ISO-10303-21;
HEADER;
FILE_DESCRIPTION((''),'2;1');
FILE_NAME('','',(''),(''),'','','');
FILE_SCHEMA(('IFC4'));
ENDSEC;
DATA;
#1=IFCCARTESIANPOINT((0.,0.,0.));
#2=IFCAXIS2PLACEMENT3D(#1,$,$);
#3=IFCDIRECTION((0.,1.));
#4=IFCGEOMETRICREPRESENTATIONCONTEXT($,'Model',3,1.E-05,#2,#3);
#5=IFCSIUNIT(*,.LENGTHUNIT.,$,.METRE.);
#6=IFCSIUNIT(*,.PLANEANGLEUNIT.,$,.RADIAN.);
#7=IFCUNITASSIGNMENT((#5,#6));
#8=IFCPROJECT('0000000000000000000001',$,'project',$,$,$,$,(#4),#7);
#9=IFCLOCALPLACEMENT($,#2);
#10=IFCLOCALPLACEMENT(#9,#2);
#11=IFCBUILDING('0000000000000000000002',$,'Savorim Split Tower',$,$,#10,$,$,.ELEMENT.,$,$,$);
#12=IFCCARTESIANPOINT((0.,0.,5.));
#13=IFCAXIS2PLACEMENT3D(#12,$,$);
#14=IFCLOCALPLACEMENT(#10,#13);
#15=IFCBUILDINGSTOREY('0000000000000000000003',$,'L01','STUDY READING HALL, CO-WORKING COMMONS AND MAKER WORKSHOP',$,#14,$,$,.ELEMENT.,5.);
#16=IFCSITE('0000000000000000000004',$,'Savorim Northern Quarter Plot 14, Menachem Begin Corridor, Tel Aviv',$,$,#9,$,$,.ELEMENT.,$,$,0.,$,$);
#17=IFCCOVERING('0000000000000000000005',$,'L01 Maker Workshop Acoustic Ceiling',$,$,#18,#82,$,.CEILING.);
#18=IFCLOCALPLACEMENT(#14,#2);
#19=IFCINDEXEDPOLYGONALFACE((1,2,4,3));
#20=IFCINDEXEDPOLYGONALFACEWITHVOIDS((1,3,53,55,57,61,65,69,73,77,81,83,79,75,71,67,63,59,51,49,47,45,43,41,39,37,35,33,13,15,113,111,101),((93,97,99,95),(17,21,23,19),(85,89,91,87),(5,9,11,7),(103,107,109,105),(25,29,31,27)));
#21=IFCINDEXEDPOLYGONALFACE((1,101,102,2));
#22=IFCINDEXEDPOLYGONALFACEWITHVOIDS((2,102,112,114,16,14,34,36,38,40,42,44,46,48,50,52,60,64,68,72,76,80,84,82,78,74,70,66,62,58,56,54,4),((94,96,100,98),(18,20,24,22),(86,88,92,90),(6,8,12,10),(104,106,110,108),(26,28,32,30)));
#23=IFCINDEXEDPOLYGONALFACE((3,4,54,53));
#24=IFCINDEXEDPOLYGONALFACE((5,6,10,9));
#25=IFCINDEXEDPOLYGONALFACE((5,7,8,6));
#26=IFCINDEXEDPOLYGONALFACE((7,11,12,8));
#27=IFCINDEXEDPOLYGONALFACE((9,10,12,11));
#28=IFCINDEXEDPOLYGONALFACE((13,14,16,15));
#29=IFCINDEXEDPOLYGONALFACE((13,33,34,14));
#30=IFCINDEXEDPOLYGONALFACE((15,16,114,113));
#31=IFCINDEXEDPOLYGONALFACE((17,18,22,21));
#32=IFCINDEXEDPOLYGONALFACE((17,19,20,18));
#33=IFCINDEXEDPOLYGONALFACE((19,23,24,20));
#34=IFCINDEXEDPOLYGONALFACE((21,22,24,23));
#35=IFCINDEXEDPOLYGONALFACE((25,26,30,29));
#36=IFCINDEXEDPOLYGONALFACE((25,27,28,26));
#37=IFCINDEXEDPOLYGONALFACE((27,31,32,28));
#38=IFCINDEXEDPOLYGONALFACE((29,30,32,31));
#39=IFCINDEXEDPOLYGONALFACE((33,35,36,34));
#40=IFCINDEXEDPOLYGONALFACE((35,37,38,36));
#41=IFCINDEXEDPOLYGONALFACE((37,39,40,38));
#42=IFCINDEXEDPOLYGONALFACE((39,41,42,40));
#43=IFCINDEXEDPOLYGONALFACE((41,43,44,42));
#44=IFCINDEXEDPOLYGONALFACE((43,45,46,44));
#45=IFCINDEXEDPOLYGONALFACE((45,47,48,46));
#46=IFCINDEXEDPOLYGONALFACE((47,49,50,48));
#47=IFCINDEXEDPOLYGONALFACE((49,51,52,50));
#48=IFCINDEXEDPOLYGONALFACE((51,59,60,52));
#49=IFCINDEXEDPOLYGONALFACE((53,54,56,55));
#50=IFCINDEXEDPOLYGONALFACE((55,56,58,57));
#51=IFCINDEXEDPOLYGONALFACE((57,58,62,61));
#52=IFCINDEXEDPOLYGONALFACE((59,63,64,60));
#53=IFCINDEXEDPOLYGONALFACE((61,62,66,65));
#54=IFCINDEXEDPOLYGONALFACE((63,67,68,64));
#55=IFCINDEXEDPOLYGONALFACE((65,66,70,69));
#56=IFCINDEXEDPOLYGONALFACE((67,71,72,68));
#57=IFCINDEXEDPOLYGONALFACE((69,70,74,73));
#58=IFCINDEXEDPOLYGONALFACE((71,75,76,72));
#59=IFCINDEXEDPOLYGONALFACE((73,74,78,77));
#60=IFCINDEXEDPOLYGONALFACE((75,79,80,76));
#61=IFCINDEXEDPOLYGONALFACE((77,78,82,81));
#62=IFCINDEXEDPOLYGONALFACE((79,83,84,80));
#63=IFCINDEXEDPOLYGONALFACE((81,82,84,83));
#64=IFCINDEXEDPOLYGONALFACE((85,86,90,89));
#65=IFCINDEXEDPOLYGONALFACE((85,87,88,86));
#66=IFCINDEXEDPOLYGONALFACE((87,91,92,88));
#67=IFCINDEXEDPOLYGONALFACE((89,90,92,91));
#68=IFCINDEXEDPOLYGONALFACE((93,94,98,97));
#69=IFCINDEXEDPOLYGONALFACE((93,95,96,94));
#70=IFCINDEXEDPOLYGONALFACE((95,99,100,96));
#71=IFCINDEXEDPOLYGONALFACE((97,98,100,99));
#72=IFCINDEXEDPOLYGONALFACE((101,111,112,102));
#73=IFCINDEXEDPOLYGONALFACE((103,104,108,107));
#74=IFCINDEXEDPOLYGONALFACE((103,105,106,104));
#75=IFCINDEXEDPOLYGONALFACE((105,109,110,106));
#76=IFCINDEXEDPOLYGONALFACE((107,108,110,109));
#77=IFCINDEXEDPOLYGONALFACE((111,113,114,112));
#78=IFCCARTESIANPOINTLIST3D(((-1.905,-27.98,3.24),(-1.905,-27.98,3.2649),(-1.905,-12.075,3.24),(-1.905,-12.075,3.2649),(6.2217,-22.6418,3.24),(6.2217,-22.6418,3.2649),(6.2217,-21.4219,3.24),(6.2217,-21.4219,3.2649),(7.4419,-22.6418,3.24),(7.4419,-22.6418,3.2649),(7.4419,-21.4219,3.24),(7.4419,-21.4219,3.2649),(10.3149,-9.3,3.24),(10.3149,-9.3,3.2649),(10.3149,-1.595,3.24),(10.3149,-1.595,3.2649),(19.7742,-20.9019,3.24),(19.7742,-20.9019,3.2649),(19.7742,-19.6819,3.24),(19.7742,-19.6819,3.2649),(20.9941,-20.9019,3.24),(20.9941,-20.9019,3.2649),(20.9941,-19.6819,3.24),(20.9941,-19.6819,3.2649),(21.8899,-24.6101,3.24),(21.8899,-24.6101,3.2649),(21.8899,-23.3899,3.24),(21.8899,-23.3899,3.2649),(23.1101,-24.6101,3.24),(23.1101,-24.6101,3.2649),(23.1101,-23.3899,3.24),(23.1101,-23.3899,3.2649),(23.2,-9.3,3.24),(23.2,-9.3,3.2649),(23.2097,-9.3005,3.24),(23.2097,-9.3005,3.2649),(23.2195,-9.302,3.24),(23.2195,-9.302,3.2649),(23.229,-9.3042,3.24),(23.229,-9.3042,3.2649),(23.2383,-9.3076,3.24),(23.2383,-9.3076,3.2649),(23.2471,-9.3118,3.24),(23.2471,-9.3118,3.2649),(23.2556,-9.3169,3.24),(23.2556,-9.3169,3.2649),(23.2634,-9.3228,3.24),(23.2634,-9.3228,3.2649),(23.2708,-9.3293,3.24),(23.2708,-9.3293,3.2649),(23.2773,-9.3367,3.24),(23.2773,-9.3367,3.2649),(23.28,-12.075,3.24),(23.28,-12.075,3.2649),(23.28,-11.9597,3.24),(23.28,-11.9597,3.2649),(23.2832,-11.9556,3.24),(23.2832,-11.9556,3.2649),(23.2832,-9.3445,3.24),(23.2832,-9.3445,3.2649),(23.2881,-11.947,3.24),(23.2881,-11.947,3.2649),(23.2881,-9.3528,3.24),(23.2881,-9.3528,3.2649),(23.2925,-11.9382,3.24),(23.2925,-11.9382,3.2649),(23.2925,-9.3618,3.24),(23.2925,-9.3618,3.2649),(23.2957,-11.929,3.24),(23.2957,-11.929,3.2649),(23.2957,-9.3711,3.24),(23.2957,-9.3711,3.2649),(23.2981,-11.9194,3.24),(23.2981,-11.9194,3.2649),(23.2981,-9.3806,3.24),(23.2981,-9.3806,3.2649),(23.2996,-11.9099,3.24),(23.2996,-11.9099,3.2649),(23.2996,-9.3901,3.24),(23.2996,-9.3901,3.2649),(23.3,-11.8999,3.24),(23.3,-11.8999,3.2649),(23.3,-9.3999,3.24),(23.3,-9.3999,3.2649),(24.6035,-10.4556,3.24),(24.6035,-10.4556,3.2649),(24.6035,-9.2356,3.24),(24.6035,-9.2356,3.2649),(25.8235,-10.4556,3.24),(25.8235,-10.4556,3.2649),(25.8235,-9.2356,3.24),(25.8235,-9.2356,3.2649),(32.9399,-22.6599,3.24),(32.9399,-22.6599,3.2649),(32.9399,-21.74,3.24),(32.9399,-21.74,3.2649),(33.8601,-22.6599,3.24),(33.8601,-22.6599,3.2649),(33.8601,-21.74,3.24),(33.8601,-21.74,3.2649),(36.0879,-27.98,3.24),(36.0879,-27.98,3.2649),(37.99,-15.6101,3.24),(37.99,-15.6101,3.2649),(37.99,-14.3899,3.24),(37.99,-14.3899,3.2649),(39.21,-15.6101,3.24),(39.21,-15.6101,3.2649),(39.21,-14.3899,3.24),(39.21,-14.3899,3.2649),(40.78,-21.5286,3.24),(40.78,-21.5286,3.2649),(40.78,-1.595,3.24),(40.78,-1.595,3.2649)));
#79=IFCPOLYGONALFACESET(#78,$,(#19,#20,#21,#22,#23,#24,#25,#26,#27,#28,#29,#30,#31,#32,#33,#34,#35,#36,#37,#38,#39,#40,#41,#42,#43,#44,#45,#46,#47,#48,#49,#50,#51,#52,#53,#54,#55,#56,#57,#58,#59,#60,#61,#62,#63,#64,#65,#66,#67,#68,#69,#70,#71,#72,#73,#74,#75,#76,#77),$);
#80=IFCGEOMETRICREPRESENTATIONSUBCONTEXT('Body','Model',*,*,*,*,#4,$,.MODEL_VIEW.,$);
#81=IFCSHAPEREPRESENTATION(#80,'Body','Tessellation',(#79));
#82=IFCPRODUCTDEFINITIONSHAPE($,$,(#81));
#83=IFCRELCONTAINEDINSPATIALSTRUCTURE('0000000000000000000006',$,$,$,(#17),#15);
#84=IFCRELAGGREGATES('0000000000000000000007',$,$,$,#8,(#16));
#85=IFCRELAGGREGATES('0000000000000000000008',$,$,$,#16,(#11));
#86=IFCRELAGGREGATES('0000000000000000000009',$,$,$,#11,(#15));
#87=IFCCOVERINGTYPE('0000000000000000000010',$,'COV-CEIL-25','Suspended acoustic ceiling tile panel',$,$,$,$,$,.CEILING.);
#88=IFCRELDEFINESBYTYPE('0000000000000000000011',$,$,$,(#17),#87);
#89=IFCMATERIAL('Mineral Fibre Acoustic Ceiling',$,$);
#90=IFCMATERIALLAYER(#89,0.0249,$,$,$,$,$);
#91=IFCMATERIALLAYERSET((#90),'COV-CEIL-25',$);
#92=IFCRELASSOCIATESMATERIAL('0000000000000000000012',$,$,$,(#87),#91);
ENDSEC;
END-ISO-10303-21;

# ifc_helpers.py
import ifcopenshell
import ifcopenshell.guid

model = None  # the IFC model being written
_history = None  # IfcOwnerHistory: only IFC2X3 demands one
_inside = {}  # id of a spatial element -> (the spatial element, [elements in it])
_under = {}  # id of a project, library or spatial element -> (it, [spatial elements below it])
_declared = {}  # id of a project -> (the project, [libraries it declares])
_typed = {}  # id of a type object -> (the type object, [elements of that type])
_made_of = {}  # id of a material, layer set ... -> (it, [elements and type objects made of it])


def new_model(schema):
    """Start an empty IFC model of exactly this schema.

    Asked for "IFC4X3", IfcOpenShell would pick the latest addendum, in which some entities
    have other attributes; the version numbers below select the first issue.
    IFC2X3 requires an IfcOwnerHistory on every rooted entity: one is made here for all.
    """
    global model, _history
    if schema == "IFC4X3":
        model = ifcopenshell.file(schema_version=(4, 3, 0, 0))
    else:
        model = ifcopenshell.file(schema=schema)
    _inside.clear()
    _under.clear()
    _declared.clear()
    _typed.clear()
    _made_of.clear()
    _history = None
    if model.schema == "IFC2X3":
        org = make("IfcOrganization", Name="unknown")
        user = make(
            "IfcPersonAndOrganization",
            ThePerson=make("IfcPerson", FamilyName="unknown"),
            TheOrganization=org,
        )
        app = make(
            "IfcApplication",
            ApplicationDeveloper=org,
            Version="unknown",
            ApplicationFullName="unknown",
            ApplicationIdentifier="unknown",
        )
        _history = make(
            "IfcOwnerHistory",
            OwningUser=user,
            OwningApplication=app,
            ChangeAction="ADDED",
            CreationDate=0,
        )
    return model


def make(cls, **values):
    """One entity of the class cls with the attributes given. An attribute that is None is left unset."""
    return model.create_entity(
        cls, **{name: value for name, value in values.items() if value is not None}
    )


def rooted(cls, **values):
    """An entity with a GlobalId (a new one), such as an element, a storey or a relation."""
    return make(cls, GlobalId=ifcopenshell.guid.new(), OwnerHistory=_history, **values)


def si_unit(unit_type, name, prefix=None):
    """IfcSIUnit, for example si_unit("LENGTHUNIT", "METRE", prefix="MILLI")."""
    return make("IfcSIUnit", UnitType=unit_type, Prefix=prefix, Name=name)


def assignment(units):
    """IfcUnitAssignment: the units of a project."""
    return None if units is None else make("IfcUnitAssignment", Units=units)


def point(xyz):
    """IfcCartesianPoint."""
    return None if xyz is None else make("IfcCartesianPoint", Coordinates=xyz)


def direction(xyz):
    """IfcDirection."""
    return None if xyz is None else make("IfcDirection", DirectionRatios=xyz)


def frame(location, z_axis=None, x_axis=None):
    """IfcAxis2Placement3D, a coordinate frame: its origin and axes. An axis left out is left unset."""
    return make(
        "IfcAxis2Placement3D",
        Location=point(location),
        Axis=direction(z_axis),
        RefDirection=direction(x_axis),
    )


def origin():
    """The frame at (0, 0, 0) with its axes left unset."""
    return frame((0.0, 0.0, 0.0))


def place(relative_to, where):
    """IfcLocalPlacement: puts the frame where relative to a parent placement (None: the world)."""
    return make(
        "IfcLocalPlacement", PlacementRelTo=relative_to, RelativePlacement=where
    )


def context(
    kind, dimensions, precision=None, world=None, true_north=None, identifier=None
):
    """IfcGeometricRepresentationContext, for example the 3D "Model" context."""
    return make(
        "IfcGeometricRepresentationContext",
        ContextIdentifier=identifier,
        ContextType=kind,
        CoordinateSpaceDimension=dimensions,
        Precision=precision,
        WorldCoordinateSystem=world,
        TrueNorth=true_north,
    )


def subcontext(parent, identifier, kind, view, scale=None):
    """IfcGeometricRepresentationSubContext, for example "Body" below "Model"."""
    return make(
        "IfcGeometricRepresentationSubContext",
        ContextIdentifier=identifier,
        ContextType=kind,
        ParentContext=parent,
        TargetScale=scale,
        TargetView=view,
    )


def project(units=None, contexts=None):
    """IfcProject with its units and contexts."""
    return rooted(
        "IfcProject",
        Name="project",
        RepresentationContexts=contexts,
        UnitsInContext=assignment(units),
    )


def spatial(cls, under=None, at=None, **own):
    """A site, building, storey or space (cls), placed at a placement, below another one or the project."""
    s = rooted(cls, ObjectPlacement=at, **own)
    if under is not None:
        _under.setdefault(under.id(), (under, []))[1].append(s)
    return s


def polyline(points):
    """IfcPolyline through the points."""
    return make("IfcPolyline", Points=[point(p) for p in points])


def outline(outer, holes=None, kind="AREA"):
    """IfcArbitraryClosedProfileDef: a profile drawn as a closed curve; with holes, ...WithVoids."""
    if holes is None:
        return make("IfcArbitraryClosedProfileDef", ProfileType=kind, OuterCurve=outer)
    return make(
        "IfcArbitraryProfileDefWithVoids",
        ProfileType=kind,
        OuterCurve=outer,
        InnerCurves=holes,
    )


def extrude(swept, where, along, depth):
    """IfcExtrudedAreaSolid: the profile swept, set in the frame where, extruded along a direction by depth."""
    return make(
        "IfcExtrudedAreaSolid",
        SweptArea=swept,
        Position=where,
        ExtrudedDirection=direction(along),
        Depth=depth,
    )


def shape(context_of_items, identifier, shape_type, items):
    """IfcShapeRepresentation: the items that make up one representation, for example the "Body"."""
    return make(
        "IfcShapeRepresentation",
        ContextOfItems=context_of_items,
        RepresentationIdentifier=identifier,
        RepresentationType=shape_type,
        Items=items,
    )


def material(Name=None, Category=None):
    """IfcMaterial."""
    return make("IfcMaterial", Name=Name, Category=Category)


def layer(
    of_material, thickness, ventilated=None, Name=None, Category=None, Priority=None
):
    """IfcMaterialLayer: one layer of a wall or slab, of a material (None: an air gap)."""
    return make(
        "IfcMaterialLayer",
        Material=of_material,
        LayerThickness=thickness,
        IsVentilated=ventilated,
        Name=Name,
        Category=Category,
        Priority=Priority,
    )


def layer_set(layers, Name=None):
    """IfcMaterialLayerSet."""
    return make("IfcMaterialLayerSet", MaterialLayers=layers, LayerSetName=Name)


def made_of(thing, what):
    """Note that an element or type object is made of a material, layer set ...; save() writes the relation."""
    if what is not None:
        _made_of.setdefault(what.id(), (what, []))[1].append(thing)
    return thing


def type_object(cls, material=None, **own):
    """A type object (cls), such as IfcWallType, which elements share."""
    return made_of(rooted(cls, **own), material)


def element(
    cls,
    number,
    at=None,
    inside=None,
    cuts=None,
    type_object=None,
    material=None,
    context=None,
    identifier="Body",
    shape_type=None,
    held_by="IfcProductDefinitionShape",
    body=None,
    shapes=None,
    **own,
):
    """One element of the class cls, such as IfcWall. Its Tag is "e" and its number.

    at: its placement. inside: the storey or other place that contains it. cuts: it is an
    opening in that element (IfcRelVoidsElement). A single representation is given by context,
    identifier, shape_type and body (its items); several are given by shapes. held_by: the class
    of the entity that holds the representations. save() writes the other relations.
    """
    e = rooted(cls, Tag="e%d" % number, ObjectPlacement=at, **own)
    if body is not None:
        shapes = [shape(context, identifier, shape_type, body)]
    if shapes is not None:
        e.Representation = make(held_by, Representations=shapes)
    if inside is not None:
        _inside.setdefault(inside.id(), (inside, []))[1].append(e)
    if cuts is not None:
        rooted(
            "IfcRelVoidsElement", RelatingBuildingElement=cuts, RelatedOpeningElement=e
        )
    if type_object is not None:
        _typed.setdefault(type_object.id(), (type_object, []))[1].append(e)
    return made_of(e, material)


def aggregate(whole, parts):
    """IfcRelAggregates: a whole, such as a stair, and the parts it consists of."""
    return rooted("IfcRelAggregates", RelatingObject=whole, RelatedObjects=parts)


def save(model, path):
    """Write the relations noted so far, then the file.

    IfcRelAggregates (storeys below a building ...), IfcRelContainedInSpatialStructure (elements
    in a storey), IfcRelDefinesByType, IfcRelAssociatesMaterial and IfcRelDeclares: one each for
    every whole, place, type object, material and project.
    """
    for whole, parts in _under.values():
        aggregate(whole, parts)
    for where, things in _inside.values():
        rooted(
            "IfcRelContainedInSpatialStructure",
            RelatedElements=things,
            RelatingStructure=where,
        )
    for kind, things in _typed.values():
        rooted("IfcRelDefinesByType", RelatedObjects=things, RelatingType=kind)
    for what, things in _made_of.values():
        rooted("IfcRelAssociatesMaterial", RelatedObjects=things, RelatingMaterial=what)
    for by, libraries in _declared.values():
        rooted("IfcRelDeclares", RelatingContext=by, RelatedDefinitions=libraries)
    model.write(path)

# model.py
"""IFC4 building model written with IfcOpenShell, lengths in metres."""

from ifc_helpers import new_model, si_unit, direction, frame, origin, place, context, subcontext, project, spatial, polyline, outline, extrude, material, layer, layer_set, type_object, element, save


model = new_model("IFC4")

# Units and contexts
model_context = context("Model", 3, precision=1e-05, world=origin(), true_north=direction((0.0, 1.0)))
body_context = subcontext(model_context, "Body", "Model", "MODEL_VIEW")
ifc_project = project(units=[si_unit("LENGTHUNIT", "METRE"), si_unit("PLANEANGLEUNIT", "RADIAN")], contexts=[model_context])

# Site, building, storey
site_placement = place(None, origin())
site = spatial("IfcSite", under=ifc_project, at=site_placement, Name="Savorim Northern Quarter Plot 14, Menachem Begin Corridor, Tel Aviv", CompositionType="ELEMENT", RefElevation=0.0)
building_placement = place(site_placement, origin())
building = spatial("IfcBuilding", under=site, at=building_placement, Name="Savorim Split Tower", CompositionType="ELEMENT")
storey_placement = place(building_placement, frame((0.0, 0.0, 5.0)))
storey = spatial("IfcBuildingStorey", under=building, at=storey_placement, Name="L01", Description="STUDY READING HALL, CO-WORKING COMMONS AND MAKER WORKSHOP", CompositionType="ELEMENT", Elevation=5.0)

# Covering
ifc_material_1 = material(Name="Mineral Fibre Acoustic Ceiling")
ifc_layer_1 = layer(ifc_material_1, 0.0249)
ifc_layer_set_1 = layer_set([ifc_layer_1], Name="COV-CEIL-25")
covering_type_1 = type_object("IfcCoveringType", Name="COV-CEIL-25", Description="Suspended acoustic ceiling tile panel", PredefinedType="CEILING", material=ifc_layer_set_1)
covering_1_placement = place(storey_placement, frame((0.0, 0.0, 3.24)))
element("IfcCovering", 1, at=covering_1_placement, inside=storey, type_object=covering_type_1, Name="L01 Maker Workshop Acoustic Ceiling", PredefinedType="CEILING", context=body_context, shape_type="SweptSolid", body=[
    extrude(outline(polyline([(-1.905, -27.98), (36.0879, -27.98), (40.78, -21.5286), (40.78, -1.595), (10.3149, -1.595), (10.3149, -9.3), (23.2, -9.3), (23.2097, -9.3005), (23.2195, -9.302), (23.229, -9.3042), (23.2383, -9.3076), (23.2471, -9.3118), (23.2556, -9.3169), (23.2634, -9.3228), (23.2708, -9.3293), (23.2773, -9.3367), (23.2832, -9.3445), (23.2881, -9.3528), (23.2925, -9.3618), (23.2957, -9.3711), (23.2981, -9.3806), (23.2996, -9.3901), (23.3, -9.3999), (23.3, -11.8999), (23.2996, -11.9099), (23.2981, -11.9194), (23.2957, -11.929), (23.2925, -11.9382), (23.2881, -11.947), (23.2832, -11.9556), (23.28, -11.9597), (23.28, -12.075), (-1.905, -12.075), (-1.905, -27.98)]), holes=[polyline([(37.99, -14.3899), (37.99, -15.6101), (39.21, -15.6101), (39.21, -14.3899), (37.99, -14.3899)]), polyline([(21.8899, -24.6101), (23.1101, -24.6101), (23.1101, -23.3899), (21.8899, -23.3899), (21.8899, -24.6101)]), polyline([(6.2217, -21.4219), (6.2217, -22.6418), (7.4419, -22.6418), (7.4419, -21.4219), (6.2217, -21.4219)]), polyline([(19.7742, -20.9019), (20.9941, -20.9019), (20.9941, -19.6819), (19.7742, -19.6819), (19.7742, -20.9019)]), polyline([(25.8235, -10.4556), (25.8235, -9.2356), (24.6035, -9.2356), (24.6035, -10.4556), (25.8235, -10.4556)]), polyline([(32.9399, -21.74), (32.9399, -22.6599), (33.8601, -22.6599), (33.8601, -21.74), (32.9399, -21.74)])]), origin(), (0.0, 0.0, 1.0), 0.0249),
])

save(model, "model.ifc")
